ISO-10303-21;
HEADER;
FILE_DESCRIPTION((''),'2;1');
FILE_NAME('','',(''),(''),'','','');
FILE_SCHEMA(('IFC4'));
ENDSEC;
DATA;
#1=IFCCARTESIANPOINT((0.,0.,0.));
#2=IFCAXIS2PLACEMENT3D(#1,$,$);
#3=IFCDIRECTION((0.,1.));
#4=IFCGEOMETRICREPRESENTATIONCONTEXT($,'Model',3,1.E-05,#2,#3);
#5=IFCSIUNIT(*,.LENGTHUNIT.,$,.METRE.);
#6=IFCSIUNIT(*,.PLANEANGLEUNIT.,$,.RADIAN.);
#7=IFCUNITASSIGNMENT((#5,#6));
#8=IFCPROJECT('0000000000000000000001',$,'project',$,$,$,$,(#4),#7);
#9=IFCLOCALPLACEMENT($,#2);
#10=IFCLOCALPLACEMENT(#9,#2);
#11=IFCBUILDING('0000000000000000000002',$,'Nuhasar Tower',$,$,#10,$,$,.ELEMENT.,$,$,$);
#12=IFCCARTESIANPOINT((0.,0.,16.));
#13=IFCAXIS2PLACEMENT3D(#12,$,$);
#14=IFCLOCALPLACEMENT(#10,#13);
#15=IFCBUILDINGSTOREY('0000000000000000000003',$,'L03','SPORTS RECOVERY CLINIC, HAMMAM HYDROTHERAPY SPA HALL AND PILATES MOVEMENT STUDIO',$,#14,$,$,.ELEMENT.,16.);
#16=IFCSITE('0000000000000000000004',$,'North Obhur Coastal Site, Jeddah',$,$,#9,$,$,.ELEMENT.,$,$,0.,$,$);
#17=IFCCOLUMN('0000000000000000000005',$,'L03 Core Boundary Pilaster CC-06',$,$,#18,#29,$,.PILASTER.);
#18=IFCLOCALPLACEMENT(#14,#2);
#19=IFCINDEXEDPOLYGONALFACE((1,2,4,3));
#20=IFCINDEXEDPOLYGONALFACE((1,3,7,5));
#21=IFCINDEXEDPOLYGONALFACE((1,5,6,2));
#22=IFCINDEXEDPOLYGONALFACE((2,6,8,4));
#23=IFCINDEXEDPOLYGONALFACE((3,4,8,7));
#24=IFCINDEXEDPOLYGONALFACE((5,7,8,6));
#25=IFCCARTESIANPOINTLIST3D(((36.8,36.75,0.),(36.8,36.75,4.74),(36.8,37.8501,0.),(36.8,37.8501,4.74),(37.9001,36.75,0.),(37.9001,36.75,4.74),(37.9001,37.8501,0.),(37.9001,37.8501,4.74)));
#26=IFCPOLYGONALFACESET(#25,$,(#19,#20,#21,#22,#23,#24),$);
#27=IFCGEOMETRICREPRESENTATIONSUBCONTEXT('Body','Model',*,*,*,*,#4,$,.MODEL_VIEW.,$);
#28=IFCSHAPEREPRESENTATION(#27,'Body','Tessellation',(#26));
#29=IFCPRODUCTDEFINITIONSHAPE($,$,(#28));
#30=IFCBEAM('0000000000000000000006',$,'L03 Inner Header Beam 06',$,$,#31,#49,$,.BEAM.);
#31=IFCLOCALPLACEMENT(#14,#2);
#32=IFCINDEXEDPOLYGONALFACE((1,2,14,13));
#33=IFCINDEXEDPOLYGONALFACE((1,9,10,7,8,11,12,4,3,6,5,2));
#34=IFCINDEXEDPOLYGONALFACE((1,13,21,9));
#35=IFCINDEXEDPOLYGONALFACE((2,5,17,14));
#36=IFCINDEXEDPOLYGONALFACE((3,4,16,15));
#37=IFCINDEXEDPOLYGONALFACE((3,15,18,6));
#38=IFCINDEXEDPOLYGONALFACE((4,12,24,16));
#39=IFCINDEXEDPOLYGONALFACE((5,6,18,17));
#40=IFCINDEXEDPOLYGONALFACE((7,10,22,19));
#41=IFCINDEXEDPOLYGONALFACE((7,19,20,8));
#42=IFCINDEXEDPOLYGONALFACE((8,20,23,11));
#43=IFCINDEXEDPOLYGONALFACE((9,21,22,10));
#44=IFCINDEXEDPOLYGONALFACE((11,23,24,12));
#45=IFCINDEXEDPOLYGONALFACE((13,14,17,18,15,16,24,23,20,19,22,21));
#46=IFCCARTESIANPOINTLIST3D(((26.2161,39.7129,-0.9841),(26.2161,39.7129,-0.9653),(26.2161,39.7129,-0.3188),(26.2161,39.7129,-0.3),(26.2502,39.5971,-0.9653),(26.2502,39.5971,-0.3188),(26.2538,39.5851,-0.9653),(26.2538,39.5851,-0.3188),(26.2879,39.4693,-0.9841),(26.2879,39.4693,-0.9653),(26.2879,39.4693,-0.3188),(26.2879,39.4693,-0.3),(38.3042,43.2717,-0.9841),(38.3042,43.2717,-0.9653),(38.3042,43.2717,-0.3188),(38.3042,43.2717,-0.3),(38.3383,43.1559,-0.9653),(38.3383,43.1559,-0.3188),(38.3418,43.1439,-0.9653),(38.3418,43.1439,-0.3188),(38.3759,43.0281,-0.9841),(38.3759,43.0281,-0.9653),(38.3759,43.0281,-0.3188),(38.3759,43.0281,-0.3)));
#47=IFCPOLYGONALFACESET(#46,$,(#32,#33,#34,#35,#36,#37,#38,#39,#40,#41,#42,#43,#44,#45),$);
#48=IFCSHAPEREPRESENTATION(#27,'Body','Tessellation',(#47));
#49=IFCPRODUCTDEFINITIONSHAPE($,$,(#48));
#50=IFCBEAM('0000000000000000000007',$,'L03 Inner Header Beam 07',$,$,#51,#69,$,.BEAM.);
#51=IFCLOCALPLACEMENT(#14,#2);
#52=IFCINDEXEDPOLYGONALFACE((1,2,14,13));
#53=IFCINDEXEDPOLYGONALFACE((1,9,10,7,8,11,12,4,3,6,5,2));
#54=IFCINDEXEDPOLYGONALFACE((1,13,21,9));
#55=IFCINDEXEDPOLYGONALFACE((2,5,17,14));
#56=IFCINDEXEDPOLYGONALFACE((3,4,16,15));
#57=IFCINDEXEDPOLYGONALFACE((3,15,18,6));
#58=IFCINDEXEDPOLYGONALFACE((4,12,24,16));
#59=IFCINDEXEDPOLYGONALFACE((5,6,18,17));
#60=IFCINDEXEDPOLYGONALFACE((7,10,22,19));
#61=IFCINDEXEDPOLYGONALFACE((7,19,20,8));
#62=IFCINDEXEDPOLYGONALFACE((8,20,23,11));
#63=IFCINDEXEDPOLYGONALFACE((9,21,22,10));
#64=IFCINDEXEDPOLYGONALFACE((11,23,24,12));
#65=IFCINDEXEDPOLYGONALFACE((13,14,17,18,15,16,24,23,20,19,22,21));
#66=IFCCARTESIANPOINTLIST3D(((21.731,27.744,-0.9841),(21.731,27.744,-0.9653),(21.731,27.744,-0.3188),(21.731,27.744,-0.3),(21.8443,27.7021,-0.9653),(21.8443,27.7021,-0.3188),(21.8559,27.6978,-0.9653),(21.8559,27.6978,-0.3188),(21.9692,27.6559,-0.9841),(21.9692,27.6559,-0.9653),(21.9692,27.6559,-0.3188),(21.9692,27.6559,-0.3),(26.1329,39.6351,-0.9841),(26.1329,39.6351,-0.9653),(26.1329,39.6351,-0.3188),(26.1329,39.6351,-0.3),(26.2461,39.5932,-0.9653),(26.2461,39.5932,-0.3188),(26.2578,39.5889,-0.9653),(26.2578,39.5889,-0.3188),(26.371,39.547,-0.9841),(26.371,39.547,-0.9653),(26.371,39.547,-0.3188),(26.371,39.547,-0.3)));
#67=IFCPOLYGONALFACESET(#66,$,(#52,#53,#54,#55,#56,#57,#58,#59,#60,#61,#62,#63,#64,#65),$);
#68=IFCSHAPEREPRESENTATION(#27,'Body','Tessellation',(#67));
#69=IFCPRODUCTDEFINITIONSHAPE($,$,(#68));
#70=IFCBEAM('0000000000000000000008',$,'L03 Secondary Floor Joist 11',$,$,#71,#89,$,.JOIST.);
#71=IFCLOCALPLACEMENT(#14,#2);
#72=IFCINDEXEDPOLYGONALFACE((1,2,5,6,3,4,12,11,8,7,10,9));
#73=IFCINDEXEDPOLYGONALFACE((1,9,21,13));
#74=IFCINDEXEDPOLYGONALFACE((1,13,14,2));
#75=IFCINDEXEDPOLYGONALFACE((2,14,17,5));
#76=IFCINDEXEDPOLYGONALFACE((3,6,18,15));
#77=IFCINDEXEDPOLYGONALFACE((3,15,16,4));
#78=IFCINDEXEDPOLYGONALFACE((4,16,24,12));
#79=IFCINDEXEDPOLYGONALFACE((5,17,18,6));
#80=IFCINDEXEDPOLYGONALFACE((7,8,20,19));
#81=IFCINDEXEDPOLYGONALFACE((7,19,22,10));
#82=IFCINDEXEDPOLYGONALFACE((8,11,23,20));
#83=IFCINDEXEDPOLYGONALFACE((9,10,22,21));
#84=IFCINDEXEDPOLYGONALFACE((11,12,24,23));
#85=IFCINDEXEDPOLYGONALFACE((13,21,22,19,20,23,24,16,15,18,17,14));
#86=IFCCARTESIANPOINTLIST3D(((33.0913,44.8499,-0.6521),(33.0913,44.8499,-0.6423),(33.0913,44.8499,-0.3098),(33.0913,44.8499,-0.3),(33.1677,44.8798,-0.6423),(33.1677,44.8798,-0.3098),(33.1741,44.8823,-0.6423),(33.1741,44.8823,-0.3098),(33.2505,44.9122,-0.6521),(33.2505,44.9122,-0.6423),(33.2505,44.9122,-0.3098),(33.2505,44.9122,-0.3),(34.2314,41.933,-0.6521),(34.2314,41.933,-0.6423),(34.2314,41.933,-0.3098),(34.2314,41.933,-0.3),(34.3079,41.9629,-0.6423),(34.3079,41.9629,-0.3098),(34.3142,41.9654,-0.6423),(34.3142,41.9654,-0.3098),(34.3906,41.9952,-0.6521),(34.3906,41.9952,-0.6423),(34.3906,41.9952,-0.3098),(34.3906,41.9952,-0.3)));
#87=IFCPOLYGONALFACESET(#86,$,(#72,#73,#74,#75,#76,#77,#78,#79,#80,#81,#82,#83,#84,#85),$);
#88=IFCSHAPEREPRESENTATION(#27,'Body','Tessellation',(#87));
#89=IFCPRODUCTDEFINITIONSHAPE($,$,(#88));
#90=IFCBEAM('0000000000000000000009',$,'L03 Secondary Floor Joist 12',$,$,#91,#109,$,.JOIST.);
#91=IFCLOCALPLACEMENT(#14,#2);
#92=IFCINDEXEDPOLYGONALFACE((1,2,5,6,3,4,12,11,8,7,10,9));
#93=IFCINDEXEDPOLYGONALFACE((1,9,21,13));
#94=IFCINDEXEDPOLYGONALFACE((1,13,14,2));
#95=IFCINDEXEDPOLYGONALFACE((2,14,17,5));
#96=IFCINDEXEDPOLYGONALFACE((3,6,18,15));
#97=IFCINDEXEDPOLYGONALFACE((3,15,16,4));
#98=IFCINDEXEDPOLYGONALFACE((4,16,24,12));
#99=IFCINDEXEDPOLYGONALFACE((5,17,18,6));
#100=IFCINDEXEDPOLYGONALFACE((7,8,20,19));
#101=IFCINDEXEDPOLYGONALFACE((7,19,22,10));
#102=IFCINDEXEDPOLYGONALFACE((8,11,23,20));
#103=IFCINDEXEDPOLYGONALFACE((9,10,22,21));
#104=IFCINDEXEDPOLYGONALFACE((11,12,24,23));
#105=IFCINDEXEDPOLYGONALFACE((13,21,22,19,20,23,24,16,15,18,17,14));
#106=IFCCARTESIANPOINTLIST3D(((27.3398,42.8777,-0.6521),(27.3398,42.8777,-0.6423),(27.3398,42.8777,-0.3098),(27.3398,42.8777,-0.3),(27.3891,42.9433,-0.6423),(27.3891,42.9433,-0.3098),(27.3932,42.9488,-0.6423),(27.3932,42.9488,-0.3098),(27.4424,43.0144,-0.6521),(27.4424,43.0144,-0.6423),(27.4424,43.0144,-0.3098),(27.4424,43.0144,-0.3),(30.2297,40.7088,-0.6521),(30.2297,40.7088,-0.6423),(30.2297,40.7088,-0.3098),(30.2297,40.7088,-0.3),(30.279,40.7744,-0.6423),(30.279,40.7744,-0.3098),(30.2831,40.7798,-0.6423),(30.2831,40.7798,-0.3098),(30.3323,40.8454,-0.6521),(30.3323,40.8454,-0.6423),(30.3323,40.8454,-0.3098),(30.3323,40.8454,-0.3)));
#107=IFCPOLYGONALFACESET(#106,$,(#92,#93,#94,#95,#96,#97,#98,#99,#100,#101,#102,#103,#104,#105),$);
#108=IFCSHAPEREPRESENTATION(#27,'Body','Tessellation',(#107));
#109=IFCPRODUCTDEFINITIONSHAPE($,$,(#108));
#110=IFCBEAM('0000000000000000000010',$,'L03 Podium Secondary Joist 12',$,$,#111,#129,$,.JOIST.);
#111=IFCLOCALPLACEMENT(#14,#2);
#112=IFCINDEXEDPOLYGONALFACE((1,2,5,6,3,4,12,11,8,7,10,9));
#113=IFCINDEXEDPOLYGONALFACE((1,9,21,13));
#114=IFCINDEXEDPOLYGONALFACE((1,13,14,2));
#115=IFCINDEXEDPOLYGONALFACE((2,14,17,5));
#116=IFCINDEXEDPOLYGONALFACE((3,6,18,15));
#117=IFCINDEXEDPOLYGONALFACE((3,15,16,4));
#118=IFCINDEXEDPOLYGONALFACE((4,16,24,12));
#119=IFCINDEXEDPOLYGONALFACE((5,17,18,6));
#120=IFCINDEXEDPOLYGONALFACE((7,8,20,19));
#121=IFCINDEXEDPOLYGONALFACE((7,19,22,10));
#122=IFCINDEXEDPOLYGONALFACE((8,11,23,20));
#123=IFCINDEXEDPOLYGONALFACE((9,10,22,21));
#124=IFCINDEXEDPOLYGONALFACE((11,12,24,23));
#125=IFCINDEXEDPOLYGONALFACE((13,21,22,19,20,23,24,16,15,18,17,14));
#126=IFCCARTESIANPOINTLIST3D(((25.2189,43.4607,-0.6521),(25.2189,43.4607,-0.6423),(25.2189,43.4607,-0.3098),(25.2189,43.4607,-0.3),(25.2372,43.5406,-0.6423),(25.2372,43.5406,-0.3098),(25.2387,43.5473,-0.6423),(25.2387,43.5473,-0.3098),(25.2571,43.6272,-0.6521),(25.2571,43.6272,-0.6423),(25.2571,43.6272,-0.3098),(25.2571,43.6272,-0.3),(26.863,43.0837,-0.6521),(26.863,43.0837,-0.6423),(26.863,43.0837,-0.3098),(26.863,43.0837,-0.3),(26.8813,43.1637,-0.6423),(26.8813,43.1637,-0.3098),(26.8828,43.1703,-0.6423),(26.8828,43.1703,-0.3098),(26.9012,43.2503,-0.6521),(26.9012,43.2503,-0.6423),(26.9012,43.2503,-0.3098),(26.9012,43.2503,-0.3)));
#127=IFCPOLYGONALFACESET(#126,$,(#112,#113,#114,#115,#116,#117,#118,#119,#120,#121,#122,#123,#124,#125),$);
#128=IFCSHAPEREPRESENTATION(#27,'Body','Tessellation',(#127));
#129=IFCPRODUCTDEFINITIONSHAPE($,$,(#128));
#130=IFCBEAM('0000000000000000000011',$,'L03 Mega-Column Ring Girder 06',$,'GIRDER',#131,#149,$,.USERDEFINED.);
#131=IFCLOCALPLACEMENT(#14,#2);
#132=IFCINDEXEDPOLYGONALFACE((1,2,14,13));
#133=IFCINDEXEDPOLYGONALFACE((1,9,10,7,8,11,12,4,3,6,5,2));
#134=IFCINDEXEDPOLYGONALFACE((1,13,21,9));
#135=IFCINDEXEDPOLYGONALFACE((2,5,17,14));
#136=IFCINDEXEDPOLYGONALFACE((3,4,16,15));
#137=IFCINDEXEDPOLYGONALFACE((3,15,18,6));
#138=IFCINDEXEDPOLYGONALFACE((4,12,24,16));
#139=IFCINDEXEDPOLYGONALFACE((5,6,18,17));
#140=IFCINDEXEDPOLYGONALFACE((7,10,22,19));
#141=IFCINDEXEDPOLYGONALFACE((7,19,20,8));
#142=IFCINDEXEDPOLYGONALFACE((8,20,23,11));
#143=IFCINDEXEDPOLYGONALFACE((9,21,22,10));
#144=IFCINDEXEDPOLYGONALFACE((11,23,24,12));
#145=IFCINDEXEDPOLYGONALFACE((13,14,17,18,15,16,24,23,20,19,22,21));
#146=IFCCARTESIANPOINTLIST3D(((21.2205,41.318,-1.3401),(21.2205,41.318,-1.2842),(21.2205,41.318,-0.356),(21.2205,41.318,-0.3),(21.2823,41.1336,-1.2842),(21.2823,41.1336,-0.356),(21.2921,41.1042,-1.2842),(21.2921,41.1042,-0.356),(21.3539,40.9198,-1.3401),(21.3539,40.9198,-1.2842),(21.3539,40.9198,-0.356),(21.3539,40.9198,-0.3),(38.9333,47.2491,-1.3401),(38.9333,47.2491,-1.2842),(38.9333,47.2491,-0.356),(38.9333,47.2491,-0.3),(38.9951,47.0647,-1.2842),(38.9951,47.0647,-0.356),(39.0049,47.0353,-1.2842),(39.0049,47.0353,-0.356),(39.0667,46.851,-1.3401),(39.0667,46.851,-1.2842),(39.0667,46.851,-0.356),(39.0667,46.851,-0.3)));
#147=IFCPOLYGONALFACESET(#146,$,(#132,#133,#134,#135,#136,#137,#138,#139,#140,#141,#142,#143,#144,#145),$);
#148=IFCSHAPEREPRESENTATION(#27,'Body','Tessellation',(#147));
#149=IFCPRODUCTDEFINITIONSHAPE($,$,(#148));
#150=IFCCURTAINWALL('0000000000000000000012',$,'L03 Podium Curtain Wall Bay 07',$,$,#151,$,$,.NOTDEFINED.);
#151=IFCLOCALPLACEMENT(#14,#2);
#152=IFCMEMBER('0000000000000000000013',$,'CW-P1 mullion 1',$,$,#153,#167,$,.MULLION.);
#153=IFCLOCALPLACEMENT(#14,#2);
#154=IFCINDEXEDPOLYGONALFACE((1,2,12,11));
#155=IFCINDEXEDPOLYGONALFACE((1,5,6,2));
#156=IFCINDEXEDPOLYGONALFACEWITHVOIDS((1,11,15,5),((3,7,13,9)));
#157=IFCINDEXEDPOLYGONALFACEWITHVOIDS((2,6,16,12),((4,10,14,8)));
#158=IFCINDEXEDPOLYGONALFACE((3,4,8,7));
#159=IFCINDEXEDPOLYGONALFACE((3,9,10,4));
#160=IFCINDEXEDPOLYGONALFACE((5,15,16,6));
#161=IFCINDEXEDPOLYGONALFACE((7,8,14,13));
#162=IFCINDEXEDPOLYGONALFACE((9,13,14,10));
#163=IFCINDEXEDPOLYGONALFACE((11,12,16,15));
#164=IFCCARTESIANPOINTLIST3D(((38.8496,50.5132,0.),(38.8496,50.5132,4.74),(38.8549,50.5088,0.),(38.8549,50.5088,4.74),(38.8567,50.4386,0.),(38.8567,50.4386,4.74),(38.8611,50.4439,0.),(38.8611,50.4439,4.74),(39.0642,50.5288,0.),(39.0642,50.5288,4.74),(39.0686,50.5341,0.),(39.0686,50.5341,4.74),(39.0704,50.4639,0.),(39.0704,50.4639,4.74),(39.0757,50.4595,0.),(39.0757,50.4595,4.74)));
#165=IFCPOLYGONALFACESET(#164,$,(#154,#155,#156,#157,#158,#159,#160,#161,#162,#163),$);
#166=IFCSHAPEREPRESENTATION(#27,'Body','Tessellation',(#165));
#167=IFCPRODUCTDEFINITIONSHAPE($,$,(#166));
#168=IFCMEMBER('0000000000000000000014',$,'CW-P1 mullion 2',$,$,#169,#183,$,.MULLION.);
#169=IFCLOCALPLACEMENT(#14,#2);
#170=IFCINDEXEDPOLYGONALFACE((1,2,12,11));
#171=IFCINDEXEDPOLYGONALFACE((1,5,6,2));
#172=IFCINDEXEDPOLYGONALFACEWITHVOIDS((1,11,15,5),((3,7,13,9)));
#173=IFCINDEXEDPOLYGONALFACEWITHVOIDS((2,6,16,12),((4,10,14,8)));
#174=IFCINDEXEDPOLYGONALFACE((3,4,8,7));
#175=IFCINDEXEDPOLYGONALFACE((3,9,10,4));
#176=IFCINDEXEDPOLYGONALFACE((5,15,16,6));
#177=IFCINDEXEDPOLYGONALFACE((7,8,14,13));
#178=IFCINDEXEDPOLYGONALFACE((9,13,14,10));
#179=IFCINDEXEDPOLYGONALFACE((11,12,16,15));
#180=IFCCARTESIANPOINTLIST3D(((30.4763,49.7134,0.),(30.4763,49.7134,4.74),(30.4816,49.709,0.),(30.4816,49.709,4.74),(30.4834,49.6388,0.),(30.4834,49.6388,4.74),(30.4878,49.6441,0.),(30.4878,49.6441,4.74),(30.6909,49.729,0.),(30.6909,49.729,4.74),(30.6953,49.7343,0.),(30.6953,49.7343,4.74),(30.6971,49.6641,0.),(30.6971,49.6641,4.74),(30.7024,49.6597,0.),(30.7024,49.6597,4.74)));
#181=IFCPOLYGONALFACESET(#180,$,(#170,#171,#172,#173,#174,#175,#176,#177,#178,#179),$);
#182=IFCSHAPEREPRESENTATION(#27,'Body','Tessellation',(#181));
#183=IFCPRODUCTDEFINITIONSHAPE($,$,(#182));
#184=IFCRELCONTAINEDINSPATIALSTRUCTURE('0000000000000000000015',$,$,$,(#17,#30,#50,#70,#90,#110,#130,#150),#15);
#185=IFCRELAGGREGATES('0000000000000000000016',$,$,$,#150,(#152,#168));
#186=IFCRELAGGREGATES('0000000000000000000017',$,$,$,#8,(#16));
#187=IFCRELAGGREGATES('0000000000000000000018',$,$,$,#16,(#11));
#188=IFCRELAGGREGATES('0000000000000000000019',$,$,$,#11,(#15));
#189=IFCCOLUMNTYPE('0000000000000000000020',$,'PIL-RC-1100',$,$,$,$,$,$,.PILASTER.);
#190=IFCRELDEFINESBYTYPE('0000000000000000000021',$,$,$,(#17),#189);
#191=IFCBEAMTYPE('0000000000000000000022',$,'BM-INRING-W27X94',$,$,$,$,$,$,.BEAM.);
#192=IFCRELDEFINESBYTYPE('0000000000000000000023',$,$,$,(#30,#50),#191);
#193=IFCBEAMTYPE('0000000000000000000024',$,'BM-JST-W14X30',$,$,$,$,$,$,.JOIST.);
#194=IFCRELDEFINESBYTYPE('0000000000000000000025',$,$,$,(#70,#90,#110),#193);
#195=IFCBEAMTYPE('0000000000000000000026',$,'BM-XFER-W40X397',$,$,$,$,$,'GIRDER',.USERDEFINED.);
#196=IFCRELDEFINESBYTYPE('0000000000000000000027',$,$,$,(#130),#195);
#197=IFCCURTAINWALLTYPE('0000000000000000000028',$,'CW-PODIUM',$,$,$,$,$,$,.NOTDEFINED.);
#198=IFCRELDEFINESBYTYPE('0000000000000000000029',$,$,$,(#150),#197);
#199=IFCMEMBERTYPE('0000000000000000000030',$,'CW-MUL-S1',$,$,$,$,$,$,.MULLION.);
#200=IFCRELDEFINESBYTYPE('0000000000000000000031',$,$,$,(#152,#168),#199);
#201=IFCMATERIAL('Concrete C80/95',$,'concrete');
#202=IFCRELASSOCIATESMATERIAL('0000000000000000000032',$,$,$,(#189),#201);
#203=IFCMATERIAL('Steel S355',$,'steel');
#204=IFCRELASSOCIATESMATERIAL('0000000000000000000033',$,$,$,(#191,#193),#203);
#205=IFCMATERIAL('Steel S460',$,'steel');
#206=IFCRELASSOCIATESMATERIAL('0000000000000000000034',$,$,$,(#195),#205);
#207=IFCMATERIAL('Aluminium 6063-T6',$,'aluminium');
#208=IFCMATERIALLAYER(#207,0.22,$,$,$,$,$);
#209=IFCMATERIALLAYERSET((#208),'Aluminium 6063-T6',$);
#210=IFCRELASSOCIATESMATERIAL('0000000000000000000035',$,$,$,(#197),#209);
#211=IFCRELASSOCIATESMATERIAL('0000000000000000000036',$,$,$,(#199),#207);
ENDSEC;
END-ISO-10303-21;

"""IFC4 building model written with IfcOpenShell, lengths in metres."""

from ifc_helpers import new_model, si_unit, direction, frame, origin, origin_2d, place, context, subcontext, project, spatial, rectangle, hollow_rectangle, i_section, extrude, material, layer, layer_set, material_profile, profile_set, type_object, element, aggregate, save


model = new_model("IFC4")

# Units and contexts
model_context = context("Model", 3, precision=1e-05, world=origin(), true_north=direction((0.0, 1.0)))
body_context = subcontext(model_context, "Body", "Model", "MODEL_VIEW")
ifc_project = project(units=[si_unit("LENGTHUNIT", "METRE"), si_unit("PLANEANGLEUNIT", "RADIAN")], contexts=[model_context])

# Site, building, storey
site_placement = place(None, origin())
site = spatial("IfcSite", under=ifc_project, at=site_placement, Name="North Obhur Coastal Site, Jeddah", CompositionType="ELEMENT", RefElevation=0.0)
building_placement = place(site_placement, origin())
building = spatial("IfcBuilding", under=site, at=building_placement, Name="Nuhasar Tower", CompositionType="ELEMENT")
storey_placement = place(building_placement, frame((0.0, 0.0, 16.0)))
storey = spatial("IfcBuildingStorey", under=building, at=storey_placement, Name="L03", Description="SPORTS RECOVERY CLINIC, HAMMAM HYDROTHERAPY SPA HALL AND PILATES MOVEMENT STUDIO", CompositionType="ELEMENT", Elevation=16.0)

# Column
ifc_material_1 = material(Name="Concrete C80/95", Category="concrete")
ifc_material_profile_1 = material_profile(ifc_material_1, rectangle(XDim=1.1001, YDim=1.1001, at=origin_2d()), Name="RC1100X1100")
ifc_profile_set_1 = profile_set([ifc_material_profile_1], Name="Concrete C80/95")
column_type = type_object("IfcColumnType", Name="PIL-RC-1100", PredefinedType="PILASTER", material=ifc_profile_set_1)
column_placement = place(storey_placement, frame((37.3501, 37.3, 0.0), z_axis=(0.0, 0.0, 1.0), x_axis=(1.0, 0.0, 0.0)))
element("IfcColumn", 1, at=column_placement, inside=storey, type_object=column_type, Name="L03 Core Boundary Pilaster CC-06", PredefinedType="PILASTER", context=body_context, shape_type="SweptSolid", body=[
    extrude(rectangle(XDim=1.1001, YDim=1.1001, at=origin_2d()), origin(), (0.0, 0.0, 1.0), 4.74),
])

# Beams
ifc_material_2 = material(Name="Steel S355", Category="steel")
ifc_material_profile_2 = material_profile(ifc_material_2, i_section(OverallWidth=0.2539, OverallDepth=0.6841, WebThickness=0.0125, FlangeThickness=0.0188, at=origin_2d()), Name="W27X94")
ifc_profile_set_2 = profile_set([ifc_material_profile_2], Name="Steel S355")
beam_type_1 = type_object("IfcBeamType", Name="BM-INRING-W27X94", PredefinedType="BEAM", material=ifc_profile_set_2)
beam_1_placement = place(storey_placement, frame((38.3401, 43.1499, -0.6421), z_axis=(-0.95929, -0.282422, 0.0), x_axis=(0.282422, -0.95929, 0.0)))
element("IfcBeam", 2, at=beam_1_placement, inside=storey, type_object=beam_type_1, Name="L03 Inner Header Beam 06", PredefinedType="BEAM", context=body_context, shape_type="SweptSolid", body=[
    extrude(i_section(OverallWidth=0.2539, OverallDepth=0.6841, WebThickness=0.0125, FlangeThickness=0.0188, at=origin_2d()), origin(), (0.0, 0.0, 1.0), 12.6011),
])
beam_2_placement = place(storey_placement, frame((26.252, 39.5911, -0.6421), z_axis=(-0.347158, -0.937807, 0.0), x_axis=(0.937807, -0.347158, 0.0)))
element("IfcBeam", 3, at=beam_2_placement, inside=storey, type_object=beam_type_1, Name="L03 Inner Header Beam 07", PredefinedType="BEAM", context=body_context, shape_type="SweptSolid", body=[
    extrude(i_section(OverallWidth=0.2539, OverallDepth=0.6841, WebThickness=0.0125, FlangeThickness=0.0188, at=origin_2d()), origin(), (0.0, 0.0, 1.0), 12.6797),
])
ifc_material_profile_3 = material_profile(ifc_material_2, i_section(OverallWidth=0.1709, OverallDepth=0.3521, WebThickness=0.0068, FlangeThickness=0.0098, at=origin_2d()), Name="W14X30")
ifc_profile_set_3 = profile_set([ifc_material_profile_3], Name="Steel S355")
beam_type_2 = type_object("IfcBeamType", Name="BM-JST-W14X30", PredefinedType="JOIST", material=ifc_profile_set_3)
beam_3_placement = place(storey_placement, frame((34.311, 41.9641, -0.4761), z_axis=(-0.364041, 0.931383, 0.0), x_axis=(-0.931383, -0.364041, 0.0)))
element("IfcBeam", 4, at=beam_3_placement, inside=storey, type_object=beam_type_2, Name="L03 Secondary Floor Joist 11", PredefinedType="JOIST", context=body_context, shape_type="SweptSolid", body=[
    extrude(i_section(OverallWidth=0.1709, OverallDepth=0.3521, WebThickness=0.0068, FlangeThickness=0.0098, at=origin_2d()), origin(), (0.0, 0.0, 1.0), 3.1318),
])
beam_4_placement = place(storey_placement, frame((30.281, 40.7771, -0.4761), z_axis=(-0.799797, 0.60027, 0.0), x_axis=(-0.60027, -0.799797, 0.0)))
element("IfcBeam", 5, at=beam_4_placement, inside=storey, type_object=beam_type_2, Name="L03 Secondary Floor Joist 12", PredefinedType="JOIST", context=body_context, shape_type="SweptSolid", body=[
    extrude(i_section(OverallWidth=0.1709, OverallDepth=0.3521, WebThickness=0.0068, FlangeThickness=0.0098, at=origin_2d()), origin(), (0.0, 0.0, 1.0), 3.6133),
])
beam_5_placement = place(storey_placement, frame((26.8821, 43.167, -0.4761), z_axis=(-0.974707, 0.223485, 0.0), x_axis=(-0.223485, -0.974707, 0.0)))
element("IfcBeam", 6, at=beam_5_placement, inside=storey, type_object=beam_type_2, Name="L03 Podium Secondary Joist 12", PredefinedType="JOIST", context=body_context, shape_type="SweptSolid", body=[
    extrude(i_section(OverallWidth=0.1709, OverallDepth=0.3521, WebThickness=0.0068, FlangeThickness=0.0098, at=origin_2d()), origin(), (0.0, 0.0, 1.0), 1.6868),
])
ifc_material_3 = material(Name="Steel S460", Category="steel")
ifc_material_profile_4 = material_profile(ifc_material_3, i_section(OverallWidth=0.4199, OverallDepth=1.04, WebThickness=0.031, FlangeThickness=0.0559, at=origin_2d()), Name="W40X397")
ifc_profile_set_4 = profile_set([ifc_material_profile_4], Name="Steel S460")
beam_type_3 = type_object("IfcBeamType", Name="BM-XFER-W40X397", ElementType="GIRDER", PredefinedType="USERDEFINED", material=ifc_profile_set_4)
beam_6_placement = place(storey_placement, frame((39.0, 47.05, -0.8201), z_axis=(-0.948251, -0.317521, 0.0), x_axis=(0.317521, -0.948251, 0.0)))
element("IfcBeam", 7, at=beam_6_placement, inside=storey, type_object=beam_type_3, Name="L03 Mega-Column Ring Girder 06", ObjectType="GIRDER", PredefinedType="USERDEFINED", context=body_context, shape_type="SweptSolid", body=[
    extrude(i_section(OverallWidth=0.4199, OverallDepth=1.04, WebThickness=0.031, FlangeThickness=0.0559, at=origin_2d()), origin(), (0.0, 0.0, 1.0), 18.6794),
])

# Curtain wall, members
ifc_material_4 = material(Name="Aluminium 6063-T6", Category="aluminium")
ifc_layer_1 = layer(ifc_material_4, 0.22)
ifc_layer_set_1 = layer_set([ifc_layer_1], Name="Aluminium 6063-T6")
curtain_wall_type = type_object("IfcCurtainWallType", Name="CW-PODIUM", PredefinedType="NOTDEFINED", material=ifc_layer_set_1)
curtain_wall_1_placement = place(storey_placement, origin())
curtain_wall_1 = element("IfcCurtainWall", 8, at=curtain_wall_1_placement, inside=storey, type_object=curtain_wall_type, Name="L03 Podium Curtain Wall Bay 07", PredefinedType="NOTDEFINED")
ifc_material_profile_5 = material_profile(ifc_material_4, hollow_rectangle(XDim=0.075, YDim=0.22, WallThickness=0.0049, at=origin_2d()), Name="CWM-1")
ifc_profile_set_5 = profile_set([ifc_material_profile_5], Name="Aluminium 6063-T6")
member_type_1 = type_object("IfcMemberType", Name="CW-MUL-S1", PredefinedType="MULLION", material=ifc_profile_set_5)
member_1_placement = place(storey_placement, frame((38.9626, 50.4863, 0.0), z_axis=(0.0, 0.0, 1.0), x_axis=(0.095093, -0.995468, 0.0)))
member_1 = element("IfcMember", 9, at=member_1_placement, type_object=member_type_1, Name="CW-P1 mullion 1", PredefinedType="MULLION", context=body_context, shape_type="SweptSolid", body=[
    extrude(hollow_rectangle(XDim=0.075, YDim=0.22, WallThickness=0.0049, at=origin_2d()), origin(), (0.0, 0.0, 1.0), 4.74),
])
member_2_placement = place(storey_placement, frame((30.5894, 49.6865, 0.0), z_axis=(0.0, 0.0, 1.0), x_axis=(0.095093, -0.995468, 0.0)))
member_2 = element("IfcMember", 10, at=member_2_placement, type_object=member_type_1, Name="CW-P1 mullion 2", PredefinedType="MULLION", context=body_context, shape_type="SweptSolid", body=[
    extrude(hollow_rectangle(XDim=0.075, YDim=0.22, WallThickness=0.0049, at=origin_2d()), origin(), (0.0, 0.0, 1.0), 4.74),
])

aggregate(curtain_wall_1, [member_1, member_2])

save(model, "model.ifc")
